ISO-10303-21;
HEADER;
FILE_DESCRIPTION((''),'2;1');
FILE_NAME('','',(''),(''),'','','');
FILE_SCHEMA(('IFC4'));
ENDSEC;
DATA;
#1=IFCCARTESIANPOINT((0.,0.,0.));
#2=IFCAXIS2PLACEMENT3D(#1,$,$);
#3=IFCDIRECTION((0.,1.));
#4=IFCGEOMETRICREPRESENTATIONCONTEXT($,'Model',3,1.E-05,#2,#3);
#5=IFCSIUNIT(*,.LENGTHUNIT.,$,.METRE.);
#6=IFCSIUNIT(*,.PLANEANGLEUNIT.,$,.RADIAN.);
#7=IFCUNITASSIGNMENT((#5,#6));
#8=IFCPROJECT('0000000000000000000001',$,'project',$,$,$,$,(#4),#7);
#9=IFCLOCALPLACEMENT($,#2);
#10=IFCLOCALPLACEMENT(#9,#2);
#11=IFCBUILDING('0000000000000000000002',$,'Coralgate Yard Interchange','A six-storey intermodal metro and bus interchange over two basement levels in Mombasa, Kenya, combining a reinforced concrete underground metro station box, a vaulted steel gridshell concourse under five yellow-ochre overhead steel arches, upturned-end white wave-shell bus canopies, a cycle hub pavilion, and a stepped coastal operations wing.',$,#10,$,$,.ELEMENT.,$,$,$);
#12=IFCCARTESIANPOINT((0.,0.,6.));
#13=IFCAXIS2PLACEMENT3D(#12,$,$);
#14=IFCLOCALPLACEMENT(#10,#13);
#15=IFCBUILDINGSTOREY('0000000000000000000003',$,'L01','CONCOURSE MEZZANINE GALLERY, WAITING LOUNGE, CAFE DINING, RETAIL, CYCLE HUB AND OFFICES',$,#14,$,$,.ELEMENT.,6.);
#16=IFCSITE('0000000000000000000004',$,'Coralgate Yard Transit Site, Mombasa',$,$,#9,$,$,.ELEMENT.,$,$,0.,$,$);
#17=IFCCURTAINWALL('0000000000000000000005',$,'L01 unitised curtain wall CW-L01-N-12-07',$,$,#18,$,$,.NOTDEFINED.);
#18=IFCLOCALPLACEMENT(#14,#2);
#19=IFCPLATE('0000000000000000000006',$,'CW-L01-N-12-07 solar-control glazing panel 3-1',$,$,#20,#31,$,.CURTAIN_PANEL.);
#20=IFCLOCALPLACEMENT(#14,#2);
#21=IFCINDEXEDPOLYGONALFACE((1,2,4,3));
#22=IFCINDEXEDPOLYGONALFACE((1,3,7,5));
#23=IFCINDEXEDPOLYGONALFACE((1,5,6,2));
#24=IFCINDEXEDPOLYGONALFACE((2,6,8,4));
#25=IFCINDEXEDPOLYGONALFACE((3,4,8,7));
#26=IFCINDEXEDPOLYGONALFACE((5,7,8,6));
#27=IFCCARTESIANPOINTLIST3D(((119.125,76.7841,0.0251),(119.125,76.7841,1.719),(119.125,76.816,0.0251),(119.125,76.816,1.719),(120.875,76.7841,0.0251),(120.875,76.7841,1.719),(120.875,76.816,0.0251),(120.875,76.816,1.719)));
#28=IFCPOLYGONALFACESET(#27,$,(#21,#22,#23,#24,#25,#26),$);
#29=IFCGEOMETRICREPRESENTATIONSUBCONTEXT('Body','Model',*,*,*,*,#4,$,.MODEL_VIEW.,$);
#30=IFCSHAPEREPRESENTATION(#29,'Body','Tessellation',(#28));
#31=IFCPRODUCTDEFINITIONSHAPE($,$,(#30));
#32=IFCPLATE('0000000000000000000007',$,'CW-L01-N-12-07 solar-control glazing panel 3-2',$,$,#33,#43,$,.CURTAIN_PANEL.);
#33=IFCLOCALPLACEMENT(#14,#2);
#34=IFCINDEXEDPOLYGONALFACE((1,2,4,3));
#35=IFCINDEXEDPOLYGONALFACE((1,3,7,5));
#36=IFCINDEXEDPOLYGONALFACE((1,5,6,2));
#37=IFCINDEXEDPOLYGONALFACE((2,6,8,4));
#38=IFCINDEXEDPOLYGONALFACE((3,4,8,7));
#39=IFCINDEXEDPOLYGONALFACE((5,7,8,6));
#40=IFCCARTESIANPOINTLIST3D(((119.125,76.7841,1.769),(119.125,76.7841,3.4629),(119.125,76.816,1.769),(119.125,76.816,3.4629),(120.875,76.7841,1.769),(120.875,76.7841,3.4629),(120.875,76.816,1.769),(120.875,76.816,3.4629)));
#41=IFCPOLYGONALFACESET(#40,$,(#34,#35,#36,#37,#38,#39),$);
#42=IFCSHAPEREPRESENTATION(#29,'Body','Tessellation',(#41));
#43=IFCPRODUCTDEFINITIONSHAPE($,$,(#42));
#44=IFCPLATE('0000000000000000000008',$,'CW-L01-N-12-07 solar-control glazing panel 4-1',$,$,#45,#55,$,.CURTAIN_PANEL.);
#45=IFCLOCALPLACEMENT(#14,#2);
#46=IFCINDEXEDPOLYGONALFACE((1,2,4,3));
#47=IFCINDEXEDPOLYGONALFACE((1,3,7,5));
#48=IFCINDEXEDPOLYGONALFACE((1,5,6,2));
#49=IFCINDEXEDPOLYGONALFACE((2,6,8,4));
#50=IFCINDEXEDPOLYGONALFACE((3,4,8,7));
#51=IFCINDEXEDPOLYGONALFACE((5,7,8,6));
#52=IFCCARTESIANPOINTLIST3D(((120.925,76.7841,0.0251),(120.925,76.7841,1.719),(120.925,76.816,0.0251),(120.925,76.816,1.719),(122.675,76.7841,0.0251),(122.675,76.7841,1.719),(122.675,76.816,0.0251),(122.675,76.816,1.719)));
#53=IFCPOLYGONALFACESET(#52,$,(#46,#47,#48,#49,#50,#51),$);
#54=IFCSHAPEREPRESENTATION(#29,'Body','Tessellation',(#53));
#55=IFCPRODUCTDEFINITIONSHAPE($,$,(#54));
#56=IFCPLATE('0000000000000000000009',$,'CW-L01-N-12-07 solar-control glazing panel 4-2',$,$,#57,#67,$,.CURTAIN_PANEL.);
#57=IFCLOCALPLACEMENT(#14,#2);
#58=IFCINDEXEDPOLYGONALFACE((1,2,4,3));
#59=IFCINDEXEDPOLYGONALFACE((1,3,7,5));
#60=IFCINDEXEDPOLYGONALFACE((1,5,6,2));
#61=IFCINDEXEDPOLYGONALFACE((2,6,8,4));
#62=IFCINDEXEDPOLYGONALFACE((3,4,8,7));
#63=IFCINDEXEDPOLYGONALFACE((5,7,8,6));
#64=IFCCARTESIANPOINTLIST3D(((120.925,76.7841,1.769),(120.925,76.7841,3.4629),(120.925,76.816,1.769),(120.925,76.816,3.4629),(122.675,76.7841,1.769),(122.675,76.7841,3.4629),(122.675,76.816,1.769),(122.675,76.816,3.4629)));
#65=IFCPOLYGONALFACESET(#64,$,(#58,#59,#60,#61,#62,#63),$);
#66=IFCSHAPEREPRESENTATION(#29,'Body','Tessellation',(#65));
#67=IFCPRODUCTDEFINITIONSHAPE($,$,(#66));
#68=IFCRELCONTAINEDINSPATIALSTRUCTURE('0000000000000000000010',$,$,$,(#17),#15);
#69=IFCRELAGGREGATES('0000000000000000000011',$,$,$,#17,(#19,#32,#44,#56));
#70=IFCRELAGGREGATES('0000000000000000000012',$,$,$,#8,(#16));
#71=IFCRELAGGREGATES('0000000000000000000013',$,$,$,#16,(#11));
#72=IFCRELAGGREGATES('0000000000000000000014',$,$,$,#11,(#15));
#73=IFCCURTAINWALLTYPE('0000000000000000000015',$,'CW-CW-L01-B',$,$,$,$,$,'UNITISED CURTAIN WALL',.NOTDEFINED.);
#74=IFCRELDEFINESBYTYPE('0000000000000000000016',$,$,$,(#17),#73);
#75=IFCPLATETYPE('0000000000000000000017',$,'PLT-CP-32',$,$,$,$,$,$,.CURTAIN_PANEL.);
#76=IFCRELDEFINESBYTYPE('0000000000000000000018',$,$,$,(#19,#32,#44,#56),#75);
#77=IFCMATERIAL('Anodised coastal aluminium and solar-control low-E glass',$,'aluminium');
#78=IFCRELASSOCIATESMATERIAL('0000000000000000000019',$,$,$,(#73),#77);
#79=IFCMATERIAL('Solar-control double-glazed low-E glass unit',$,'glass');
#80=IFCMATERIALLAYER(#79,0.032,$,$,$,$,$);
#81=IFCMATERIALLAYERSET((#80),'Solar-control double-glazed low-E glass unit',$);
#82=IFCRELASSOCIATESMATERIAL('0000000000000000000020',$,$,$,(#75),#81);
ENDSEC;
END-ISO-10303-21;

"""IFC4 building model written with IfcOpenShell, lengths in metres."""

from ifc_helpers import new_model, si_unit, direction, frame, origin, origin_2d, place, context, subcontext, project, spatial, rectangle, extrude, material, layer, layer_set, type_object, element, aggregate, save


model = new_model("IFC4")

# Units and contexts
model_context = context("Model", 3, precision=1e-05, world=origin(), true_north=direction((0.0, 1.0)))
body_context = subcontext(model_context, "Body", "Model", "MODEL_VIEW")
ifc_project = project(units=[si_unit("LENGTHUNIT", "METRE"), si_unit("PLANEANGLEUNIT", "RADIAN")], contexts=[model_context])

# Site, building, storey
site_placement = place(None, origin())
site = spatial("IfcSite", under=ifc_project, at=site_placement, Name="Coralgate Yard Transit Site, Mombasa", CompositionType="ELEMENT", RefElevation=0.0)
building_placement = place(site_placement, origin())
building = spatial("IfcBuilding", under=site, at=building_placement, Name="Coralgate Yard Interchange", Description="A six-storey intermodal metro and bus interchange over two basement levels in Mombasa, Kenya, combining a reinforced concrete underground metro station box, a vaulted steel gridshell concourse under five yellow-ochre overhead steel arches, upturned-end white wave-shell bus canopies, a cycle hub pavilion, and a stepped coastal operations wing.", CompositionType="ELEMENT")
storey_placement = place(building_placement, frame((0.0, 0.0, 6.0)))
storey = spatial("IfcBuildingStorey", under=building, at=storey_placement, Name="L01", Description="CONCOURSE MEZZANINE GALLERY, WAITING LOUNGE, CAFE DINING, RETAIL, CYCLE HUB AND OFFICES", CompositionType="ELEMENT", Elevation=6.0)

# Shared definitions
ifc_material_1 = material(Name="Anodised coastal aluminium and solar-control low-E glass", Category="aluminium")
curtain_wall_type = type_object("IfcCurtainWallType", Name="CW-CW-L01-B", ElementType="UNITISED CURTAIN WALL", PredefinedType="NOTDEFINED", material=ifc_material_1)

# Curtain wall, plates
curtain_wall_1_placement = place(storey_placement, origin())
curtain_wall_1 = element("IfcCurtainWall", 1, at=curtain_wall_1_placement, inside=storey, type_object=curtain_wall_type, Name="L01 unitised curtain wall CW-L01-N-12-07", PredefinedType="NOTDEFINED")
ifc_material_2 = material(Name="Solar-control double-glazed low-E glass unit", Category="glass")
ifc_layer = layer(ifc_material_2, 0.032)
ifc_layer_set = layer_set([ifc_layer], Name="Solar-control double-glazed low-E glass unit")
plate_type = type_object("IfcPlateType", Name="PLT-CP-32", PredefinedType="CURTAIN_PANEL", material=ifc_layer_set)
plate_1_placement = place(storey_placement, frame((120.0, 76.8, 0.0251), z_axis=(0.0, 0.0, 1.0), x_axis=(1.0, 0.0, 0.0)))
plate_1 = element("IfcPlate", 2, at=plate_1_placement, type_object=plate_type, Name="CW-L01-N-12-07 solar-control glazing panel 3-1", PredefinedType="CURTAIN_PANEL", context=body_context, shape_type="SweptSolid", body=[
    extrude(rectangle(XDim=1.75, YDim=0.032, at=origin_2d()), origin(), (0.0, 0.0, 1.0), 1.6938),
])
plate_2_placement = place(storey_placement, frame((120.0, 76.8, 1.769), z_axis=(0.0, 0.0, 1.0), x_axis=(1.0, 0.0, 0.0)))
plate_2 = element("IfcPlate", 3, at=plate_2_placement, type_object=plate_type, Name="CW-L01-N-12-07 solar-control glazing panel 3-2", PredefinedType="CURTAIN_PANEL", context=body_context, shape_type="SweptSolid", body=[
    extrude(rectangle(XDim=1.75, YDim=0.032, at=origin_2d()), origin(), (0.0, 0.0, 1.0), 1.6938),
])
plate_3_placement = place(storey_placement, frame((121.8, 76.8, 0.0251), z_axis=(0.0, 0.0, 1.0), x_axis=(1.0, 0.0, 0.0)))
plate_3 = element("IfcPlate", 4, at=plate_3_placement, type_object=plate_type, Name="CW-L01-N-12-07 solar-control glazing panel 4-1", PredefinedType="CURTAIN_PANEL", context=body_context, shape_type="SweptSolid", body=[
    extrude(rectangle(XDim=1.75, YDim=0.032, at=origin_2d()), origin(), (0.0, 0.0, 1.0), 1.6938),
])
plate_4_placement = place(storey_placement, frame((121.8, 76.8, 1.769), z_axis=(0.0, 0.0, 1.0), x_axis=(1.0, 0.0, 0.0)))
plate_4 = element("IfcPlate", 5, at=plate_4_placement, type_object=plate_type, Name="CW-L01-N-12-07 solar-control glazing panel 4-2", PredefinedType="CURTAIN_PANEL", context=body_context, shape_type="SweptSolid", body=[
    extrude(rectangle(XDim=1.75, YDim=0.032, at=origin_2d()), origin(), (0.0, 0.0, 1.0), 1.6938),
])
aggregate(curtain_wall_1, [plate_1, plate_2, plate_3, plate_4])

save(model, "model.ifc")
